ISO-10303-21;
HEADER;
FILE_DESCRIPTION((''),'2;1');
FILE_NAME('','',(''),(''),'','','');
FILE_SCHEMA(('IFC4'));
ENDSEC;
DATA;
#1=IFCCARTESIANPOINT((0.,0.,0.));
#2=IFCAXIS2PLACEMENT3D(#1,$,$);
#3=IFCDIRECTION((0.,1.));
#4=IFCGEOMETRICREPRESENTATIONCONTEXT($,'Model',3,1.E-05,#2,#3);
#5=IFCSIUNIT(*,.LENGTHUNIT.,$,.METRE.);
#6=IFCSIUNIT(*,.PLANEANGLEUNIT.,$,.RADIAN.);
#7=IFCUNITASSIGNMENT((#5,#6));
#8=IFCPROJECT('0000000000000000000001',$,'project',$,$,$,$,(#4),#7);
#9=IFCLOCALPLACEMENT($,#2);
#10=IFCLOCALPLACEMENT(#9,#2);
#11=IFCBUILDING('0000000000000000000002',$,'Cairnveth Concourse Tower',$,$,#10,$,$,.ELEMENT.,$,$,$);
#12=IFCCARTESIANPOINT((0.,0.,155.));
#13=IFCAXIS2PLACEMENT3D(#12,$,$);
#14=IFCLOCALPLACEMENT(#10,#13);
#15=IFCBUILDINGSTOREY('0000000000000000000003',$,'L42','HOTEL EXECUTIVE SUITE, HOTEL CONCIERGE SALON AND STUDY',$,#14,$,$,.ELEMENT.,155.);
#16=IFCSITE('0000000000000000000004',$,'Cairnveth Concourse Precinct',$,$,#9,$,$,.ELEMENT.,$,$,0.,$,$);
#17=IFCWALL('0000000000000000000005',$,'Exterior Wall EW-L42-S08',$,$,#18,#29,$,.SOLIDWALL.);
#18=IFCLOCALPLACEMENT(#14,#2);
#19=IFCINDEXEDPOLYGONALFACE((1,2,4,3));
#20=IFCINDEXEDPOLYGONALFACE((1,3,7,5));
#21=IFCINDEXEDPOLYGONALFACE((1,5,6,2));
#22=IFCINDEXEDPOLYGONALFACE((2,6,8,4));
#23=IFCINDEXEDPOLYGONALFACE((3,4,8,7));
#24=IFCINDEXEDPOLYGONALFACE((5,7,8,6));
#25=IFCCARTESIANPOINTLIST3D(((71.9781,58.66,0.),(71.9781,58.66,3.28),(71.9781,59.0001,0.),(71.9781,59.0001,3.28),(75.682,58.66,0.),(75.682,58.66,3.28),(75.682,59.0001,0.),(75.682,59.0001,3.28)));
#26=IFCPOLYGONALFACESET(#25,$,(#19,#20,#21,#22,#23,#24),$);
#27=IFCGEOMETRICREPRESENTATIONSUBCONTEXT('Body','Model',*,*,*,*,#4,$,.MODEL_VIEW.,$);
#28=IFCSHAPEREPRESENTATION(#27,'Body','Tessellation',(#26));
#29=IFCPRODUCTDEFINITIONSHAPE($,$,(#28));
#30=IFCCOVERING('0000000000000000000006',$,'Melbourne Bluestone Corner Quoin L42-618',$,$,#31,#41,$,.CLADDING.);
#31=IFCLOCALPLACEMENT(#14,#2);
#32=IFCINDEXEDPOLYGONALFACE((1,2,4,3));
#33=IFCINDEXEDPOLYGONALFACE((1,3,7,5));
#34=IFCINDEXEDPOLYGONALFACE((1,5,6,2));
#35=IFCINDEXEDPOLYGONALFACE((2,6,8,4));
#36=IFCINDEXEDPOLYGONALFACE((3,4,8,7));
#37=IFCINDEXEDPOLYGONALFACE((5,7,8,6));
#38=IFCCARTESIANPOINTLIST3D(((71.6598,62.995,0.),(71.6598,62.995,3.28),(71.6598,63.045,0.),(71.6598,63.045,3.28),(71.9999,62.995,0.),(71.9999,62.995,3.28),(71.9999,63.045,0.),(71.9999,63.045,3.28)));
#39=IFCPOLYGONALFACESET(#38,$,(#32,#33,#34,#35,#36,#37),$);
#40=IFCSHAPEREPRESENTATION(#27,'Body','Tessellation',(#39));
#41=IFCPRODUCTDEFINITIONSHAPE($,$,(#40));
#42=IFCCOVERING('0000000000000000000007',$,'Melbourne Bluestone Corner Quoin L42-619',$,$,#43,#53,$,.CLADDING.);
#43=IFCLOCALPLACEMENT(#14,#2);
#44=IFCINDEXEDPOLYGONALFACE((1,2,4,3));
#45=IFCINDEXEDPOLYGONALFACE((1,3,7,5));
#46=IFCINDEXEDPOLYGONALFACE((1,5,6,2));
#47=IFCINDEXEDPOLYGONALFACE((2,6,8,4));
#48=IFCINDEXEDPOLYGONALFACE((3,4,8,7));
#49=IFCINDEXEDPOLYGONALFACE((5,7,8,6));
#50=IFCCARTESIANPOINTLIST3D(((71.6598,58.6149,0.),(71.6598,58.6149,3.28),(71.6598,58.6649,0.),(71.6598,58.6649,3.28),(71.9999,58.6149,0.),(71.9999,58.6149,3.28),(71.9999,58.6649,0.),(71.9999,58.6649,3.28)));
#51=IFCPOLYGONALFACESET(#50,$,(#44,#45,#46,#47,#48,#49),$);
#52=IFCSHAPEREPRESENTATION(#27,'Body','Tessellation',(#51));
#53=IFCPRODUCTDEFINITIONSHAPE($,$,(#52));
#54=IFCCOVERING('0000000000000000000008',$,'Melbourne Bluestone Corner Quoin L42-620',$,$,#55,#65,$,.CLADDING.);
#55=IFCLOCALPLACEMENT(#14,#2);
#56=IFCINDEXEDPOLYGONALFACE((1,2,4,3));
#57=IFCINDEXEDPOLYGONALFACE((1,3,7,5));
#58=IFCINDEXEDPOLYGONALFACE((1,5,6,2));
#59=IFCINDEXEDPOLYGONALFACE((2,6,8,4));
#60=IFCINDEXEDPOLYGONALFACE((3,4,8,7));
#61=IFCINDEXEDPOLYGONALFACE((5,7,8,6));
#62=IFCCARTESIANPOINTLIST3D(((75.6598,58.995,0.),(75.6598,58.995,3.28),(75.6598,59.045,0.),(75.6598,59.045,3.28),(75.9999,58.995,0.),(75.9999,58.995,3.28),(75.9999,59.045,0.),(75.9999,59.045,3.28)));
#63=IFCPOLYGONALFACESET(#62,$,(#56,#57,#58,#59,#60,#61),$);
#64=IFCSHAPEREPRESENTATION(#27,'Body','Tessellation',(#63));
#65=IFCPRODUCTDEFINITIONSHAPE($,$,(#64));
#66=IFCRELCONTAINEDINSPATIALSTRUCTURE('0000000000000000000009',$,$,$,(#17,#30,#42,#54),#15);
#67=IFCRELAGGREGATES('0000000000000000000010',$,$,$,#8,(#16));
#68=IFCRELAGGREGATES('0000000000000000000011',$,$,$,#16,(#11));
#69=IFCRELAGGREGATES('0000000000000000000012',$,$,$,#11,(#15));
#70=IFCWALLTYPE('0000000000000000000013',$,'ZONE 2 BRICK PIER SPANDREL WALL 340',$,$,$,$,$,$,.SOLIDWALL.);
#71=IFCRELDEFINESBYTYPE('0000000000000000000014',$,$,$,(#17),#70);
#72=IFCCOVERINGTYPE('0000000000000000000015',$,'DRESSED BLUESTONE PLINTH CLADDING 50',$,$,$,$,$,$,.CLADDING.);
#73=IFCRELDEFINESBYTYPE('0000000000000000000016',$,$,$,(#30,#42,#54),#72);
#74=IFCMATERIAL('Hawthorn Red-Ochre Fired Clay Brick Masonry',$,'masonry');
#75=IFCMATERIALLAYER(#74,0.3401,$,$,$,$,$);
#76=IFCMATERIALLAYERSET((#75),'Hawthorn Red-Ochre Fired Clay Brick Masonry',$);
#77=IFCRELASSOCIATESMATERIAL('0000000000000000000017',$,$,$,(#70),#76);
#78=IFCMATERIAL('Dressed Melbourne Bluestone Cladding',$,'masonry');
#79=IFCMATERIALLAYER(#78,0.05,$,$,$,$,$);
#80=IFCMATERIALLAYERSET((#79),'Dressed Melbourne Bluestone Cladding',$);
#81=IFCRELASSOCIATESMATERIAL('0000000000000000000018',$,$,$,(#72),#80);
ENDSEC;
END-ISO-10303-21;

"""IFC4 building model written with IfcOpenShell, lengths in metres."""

from ifc_helpers import new_model, si_unit, direction, frame, frame_2d, origin, place, context, subcontext, project, spatial, rectangle, extrude, material, layer, layer_set, type_object, element, save


model = new_model("IFC4")

# Units and contexts
model_context = context("Model", 3, precision=1e-05, world=origin(), true_north=direction((0.0, 1.0)))
body_context = subcontext(model_context, "Body", "Model", "MODEL_VIEW")
ifc_project = project(units=[si_unit("LENGTHUNIT", "METRE"), si_unit("PLANEANGLEUNIT", "RADIAN")], contexts=[model_context])

# Site, building, storey
site_placement = place(None, origin())
site = spatial("IfcSite", under=ifc_project, at=site_placement, Name="Cairnveth Concourse Precinct", CompositionType="ELEMENT", RefElevation=0.0)
building_placement = place(site_placement, origin())
building = spatial("IfcBuilding", under=site, at=building_placement, Name="Cairnveth Concourse Tower", CompositionType="ELEMENT")
storey_placement = place(building_placement, frame((0.0, 0.0, 155.0)))
storey = spatial("IfcBuildingStorey", under=building, at=storey_placement, Name="L42", Description="HOTEL EXECUTIVE SUITE, HOTEL CONCIERGE SALON AND STUDY", CompositionType="ELEMENT", Elevation=155.0)

# Wall
ifc_material_1 = material(Name="Hawthorn Red-Ochre Fired Clay Brick Masonry", Category="masonry")
ifc_layer_1 = layer(ifc_material_1, 0.3401)
ifc_layer_set_1 = layer_set([ifc_layer_1], Name="Hawthorn Red-Ochre Fired Clay Brick Masonry")
wall_type = type_object("IfcWallType", Name="ZONE 2 BRICK PIER SPANDREL WALL 340", PredefinedType="SOLIDWALL", material=ifc_layer_set_1)
wall_1_placement = place(storey_placement, frame((71.978, 58.8301, 0.0), z_axis=(0.0, 0.0, 1.0), x_axis=(1.0, 0.0, 0.0)))
element("IfcWall", 1, at=wall_1_placement, inside=storey, type_object=wall_type, Name="Exterior Wall EW-L42-S08", PredefinedType="SOLIDWALL", context=body_context, shape_type="SweptSolid", body=[
    extrude(rectangle(XDim=3.7039, YDim=0.3401, at=frame_2d((1.8521, 0.0))), origin(), (0.0, 0.0, 1.0), 3.28),
])

# Coverings
ifc_material_2 = material(Name="Dressed Melbourne Bluestone Cladding", Category="masonry")
ifc_layer_2 = layer(ifc_material_2, 0.05)
ifc_layer_set_2 = layer_set([ifc_layer_2], Name="Dressed Melbourne Bluestone Cladding")
covering_type = type_object("IfcCoveringType", Name="DRESSED BLUESTONE PLINTH CLADDING 50", PredefinedType="CLADDING", material=ifc_layer_set_2)
for number, where, z_axis, x_axis, name in (
    (2, (71.6599, 63.02, 0.0), (0.0, 0.0, 1.0), (1.0, 0.0, 0.0), "Melbourne Bluestone Corner Quoin L42-618"),
    (3, (71.6599, 58.6399, 0.0), (0.0, 0.0, 1.0), (1.0, 0.0, 0.0), "Melbourne Bluestone Corner Quoin L42-619"),
    (4, (75.6599, 59.02, 0.0), (0.0, 0.0, 1.0), (1.0, 0.0, 0.0), "Melbourne Bluestone Corner Quoin L42-620"),
):
    element("IfcCovering", number, at=place(storey_placement, frame(where, z_axis=z_axis, x_axis=x_axis)), inside=storey, type_object=covering_type, Name=name, PredefinedType="CLADDING", context=body_context, shape_type="SweptSolid", body=[
        extrude(rectangle(XDim=0.3401, YDim=0.05, at=frame_2d((0.1699, 0.0))), origin(), (0.0, 0.0, 1.0), 3.28),
    ])

save(model, "model.ifc")
